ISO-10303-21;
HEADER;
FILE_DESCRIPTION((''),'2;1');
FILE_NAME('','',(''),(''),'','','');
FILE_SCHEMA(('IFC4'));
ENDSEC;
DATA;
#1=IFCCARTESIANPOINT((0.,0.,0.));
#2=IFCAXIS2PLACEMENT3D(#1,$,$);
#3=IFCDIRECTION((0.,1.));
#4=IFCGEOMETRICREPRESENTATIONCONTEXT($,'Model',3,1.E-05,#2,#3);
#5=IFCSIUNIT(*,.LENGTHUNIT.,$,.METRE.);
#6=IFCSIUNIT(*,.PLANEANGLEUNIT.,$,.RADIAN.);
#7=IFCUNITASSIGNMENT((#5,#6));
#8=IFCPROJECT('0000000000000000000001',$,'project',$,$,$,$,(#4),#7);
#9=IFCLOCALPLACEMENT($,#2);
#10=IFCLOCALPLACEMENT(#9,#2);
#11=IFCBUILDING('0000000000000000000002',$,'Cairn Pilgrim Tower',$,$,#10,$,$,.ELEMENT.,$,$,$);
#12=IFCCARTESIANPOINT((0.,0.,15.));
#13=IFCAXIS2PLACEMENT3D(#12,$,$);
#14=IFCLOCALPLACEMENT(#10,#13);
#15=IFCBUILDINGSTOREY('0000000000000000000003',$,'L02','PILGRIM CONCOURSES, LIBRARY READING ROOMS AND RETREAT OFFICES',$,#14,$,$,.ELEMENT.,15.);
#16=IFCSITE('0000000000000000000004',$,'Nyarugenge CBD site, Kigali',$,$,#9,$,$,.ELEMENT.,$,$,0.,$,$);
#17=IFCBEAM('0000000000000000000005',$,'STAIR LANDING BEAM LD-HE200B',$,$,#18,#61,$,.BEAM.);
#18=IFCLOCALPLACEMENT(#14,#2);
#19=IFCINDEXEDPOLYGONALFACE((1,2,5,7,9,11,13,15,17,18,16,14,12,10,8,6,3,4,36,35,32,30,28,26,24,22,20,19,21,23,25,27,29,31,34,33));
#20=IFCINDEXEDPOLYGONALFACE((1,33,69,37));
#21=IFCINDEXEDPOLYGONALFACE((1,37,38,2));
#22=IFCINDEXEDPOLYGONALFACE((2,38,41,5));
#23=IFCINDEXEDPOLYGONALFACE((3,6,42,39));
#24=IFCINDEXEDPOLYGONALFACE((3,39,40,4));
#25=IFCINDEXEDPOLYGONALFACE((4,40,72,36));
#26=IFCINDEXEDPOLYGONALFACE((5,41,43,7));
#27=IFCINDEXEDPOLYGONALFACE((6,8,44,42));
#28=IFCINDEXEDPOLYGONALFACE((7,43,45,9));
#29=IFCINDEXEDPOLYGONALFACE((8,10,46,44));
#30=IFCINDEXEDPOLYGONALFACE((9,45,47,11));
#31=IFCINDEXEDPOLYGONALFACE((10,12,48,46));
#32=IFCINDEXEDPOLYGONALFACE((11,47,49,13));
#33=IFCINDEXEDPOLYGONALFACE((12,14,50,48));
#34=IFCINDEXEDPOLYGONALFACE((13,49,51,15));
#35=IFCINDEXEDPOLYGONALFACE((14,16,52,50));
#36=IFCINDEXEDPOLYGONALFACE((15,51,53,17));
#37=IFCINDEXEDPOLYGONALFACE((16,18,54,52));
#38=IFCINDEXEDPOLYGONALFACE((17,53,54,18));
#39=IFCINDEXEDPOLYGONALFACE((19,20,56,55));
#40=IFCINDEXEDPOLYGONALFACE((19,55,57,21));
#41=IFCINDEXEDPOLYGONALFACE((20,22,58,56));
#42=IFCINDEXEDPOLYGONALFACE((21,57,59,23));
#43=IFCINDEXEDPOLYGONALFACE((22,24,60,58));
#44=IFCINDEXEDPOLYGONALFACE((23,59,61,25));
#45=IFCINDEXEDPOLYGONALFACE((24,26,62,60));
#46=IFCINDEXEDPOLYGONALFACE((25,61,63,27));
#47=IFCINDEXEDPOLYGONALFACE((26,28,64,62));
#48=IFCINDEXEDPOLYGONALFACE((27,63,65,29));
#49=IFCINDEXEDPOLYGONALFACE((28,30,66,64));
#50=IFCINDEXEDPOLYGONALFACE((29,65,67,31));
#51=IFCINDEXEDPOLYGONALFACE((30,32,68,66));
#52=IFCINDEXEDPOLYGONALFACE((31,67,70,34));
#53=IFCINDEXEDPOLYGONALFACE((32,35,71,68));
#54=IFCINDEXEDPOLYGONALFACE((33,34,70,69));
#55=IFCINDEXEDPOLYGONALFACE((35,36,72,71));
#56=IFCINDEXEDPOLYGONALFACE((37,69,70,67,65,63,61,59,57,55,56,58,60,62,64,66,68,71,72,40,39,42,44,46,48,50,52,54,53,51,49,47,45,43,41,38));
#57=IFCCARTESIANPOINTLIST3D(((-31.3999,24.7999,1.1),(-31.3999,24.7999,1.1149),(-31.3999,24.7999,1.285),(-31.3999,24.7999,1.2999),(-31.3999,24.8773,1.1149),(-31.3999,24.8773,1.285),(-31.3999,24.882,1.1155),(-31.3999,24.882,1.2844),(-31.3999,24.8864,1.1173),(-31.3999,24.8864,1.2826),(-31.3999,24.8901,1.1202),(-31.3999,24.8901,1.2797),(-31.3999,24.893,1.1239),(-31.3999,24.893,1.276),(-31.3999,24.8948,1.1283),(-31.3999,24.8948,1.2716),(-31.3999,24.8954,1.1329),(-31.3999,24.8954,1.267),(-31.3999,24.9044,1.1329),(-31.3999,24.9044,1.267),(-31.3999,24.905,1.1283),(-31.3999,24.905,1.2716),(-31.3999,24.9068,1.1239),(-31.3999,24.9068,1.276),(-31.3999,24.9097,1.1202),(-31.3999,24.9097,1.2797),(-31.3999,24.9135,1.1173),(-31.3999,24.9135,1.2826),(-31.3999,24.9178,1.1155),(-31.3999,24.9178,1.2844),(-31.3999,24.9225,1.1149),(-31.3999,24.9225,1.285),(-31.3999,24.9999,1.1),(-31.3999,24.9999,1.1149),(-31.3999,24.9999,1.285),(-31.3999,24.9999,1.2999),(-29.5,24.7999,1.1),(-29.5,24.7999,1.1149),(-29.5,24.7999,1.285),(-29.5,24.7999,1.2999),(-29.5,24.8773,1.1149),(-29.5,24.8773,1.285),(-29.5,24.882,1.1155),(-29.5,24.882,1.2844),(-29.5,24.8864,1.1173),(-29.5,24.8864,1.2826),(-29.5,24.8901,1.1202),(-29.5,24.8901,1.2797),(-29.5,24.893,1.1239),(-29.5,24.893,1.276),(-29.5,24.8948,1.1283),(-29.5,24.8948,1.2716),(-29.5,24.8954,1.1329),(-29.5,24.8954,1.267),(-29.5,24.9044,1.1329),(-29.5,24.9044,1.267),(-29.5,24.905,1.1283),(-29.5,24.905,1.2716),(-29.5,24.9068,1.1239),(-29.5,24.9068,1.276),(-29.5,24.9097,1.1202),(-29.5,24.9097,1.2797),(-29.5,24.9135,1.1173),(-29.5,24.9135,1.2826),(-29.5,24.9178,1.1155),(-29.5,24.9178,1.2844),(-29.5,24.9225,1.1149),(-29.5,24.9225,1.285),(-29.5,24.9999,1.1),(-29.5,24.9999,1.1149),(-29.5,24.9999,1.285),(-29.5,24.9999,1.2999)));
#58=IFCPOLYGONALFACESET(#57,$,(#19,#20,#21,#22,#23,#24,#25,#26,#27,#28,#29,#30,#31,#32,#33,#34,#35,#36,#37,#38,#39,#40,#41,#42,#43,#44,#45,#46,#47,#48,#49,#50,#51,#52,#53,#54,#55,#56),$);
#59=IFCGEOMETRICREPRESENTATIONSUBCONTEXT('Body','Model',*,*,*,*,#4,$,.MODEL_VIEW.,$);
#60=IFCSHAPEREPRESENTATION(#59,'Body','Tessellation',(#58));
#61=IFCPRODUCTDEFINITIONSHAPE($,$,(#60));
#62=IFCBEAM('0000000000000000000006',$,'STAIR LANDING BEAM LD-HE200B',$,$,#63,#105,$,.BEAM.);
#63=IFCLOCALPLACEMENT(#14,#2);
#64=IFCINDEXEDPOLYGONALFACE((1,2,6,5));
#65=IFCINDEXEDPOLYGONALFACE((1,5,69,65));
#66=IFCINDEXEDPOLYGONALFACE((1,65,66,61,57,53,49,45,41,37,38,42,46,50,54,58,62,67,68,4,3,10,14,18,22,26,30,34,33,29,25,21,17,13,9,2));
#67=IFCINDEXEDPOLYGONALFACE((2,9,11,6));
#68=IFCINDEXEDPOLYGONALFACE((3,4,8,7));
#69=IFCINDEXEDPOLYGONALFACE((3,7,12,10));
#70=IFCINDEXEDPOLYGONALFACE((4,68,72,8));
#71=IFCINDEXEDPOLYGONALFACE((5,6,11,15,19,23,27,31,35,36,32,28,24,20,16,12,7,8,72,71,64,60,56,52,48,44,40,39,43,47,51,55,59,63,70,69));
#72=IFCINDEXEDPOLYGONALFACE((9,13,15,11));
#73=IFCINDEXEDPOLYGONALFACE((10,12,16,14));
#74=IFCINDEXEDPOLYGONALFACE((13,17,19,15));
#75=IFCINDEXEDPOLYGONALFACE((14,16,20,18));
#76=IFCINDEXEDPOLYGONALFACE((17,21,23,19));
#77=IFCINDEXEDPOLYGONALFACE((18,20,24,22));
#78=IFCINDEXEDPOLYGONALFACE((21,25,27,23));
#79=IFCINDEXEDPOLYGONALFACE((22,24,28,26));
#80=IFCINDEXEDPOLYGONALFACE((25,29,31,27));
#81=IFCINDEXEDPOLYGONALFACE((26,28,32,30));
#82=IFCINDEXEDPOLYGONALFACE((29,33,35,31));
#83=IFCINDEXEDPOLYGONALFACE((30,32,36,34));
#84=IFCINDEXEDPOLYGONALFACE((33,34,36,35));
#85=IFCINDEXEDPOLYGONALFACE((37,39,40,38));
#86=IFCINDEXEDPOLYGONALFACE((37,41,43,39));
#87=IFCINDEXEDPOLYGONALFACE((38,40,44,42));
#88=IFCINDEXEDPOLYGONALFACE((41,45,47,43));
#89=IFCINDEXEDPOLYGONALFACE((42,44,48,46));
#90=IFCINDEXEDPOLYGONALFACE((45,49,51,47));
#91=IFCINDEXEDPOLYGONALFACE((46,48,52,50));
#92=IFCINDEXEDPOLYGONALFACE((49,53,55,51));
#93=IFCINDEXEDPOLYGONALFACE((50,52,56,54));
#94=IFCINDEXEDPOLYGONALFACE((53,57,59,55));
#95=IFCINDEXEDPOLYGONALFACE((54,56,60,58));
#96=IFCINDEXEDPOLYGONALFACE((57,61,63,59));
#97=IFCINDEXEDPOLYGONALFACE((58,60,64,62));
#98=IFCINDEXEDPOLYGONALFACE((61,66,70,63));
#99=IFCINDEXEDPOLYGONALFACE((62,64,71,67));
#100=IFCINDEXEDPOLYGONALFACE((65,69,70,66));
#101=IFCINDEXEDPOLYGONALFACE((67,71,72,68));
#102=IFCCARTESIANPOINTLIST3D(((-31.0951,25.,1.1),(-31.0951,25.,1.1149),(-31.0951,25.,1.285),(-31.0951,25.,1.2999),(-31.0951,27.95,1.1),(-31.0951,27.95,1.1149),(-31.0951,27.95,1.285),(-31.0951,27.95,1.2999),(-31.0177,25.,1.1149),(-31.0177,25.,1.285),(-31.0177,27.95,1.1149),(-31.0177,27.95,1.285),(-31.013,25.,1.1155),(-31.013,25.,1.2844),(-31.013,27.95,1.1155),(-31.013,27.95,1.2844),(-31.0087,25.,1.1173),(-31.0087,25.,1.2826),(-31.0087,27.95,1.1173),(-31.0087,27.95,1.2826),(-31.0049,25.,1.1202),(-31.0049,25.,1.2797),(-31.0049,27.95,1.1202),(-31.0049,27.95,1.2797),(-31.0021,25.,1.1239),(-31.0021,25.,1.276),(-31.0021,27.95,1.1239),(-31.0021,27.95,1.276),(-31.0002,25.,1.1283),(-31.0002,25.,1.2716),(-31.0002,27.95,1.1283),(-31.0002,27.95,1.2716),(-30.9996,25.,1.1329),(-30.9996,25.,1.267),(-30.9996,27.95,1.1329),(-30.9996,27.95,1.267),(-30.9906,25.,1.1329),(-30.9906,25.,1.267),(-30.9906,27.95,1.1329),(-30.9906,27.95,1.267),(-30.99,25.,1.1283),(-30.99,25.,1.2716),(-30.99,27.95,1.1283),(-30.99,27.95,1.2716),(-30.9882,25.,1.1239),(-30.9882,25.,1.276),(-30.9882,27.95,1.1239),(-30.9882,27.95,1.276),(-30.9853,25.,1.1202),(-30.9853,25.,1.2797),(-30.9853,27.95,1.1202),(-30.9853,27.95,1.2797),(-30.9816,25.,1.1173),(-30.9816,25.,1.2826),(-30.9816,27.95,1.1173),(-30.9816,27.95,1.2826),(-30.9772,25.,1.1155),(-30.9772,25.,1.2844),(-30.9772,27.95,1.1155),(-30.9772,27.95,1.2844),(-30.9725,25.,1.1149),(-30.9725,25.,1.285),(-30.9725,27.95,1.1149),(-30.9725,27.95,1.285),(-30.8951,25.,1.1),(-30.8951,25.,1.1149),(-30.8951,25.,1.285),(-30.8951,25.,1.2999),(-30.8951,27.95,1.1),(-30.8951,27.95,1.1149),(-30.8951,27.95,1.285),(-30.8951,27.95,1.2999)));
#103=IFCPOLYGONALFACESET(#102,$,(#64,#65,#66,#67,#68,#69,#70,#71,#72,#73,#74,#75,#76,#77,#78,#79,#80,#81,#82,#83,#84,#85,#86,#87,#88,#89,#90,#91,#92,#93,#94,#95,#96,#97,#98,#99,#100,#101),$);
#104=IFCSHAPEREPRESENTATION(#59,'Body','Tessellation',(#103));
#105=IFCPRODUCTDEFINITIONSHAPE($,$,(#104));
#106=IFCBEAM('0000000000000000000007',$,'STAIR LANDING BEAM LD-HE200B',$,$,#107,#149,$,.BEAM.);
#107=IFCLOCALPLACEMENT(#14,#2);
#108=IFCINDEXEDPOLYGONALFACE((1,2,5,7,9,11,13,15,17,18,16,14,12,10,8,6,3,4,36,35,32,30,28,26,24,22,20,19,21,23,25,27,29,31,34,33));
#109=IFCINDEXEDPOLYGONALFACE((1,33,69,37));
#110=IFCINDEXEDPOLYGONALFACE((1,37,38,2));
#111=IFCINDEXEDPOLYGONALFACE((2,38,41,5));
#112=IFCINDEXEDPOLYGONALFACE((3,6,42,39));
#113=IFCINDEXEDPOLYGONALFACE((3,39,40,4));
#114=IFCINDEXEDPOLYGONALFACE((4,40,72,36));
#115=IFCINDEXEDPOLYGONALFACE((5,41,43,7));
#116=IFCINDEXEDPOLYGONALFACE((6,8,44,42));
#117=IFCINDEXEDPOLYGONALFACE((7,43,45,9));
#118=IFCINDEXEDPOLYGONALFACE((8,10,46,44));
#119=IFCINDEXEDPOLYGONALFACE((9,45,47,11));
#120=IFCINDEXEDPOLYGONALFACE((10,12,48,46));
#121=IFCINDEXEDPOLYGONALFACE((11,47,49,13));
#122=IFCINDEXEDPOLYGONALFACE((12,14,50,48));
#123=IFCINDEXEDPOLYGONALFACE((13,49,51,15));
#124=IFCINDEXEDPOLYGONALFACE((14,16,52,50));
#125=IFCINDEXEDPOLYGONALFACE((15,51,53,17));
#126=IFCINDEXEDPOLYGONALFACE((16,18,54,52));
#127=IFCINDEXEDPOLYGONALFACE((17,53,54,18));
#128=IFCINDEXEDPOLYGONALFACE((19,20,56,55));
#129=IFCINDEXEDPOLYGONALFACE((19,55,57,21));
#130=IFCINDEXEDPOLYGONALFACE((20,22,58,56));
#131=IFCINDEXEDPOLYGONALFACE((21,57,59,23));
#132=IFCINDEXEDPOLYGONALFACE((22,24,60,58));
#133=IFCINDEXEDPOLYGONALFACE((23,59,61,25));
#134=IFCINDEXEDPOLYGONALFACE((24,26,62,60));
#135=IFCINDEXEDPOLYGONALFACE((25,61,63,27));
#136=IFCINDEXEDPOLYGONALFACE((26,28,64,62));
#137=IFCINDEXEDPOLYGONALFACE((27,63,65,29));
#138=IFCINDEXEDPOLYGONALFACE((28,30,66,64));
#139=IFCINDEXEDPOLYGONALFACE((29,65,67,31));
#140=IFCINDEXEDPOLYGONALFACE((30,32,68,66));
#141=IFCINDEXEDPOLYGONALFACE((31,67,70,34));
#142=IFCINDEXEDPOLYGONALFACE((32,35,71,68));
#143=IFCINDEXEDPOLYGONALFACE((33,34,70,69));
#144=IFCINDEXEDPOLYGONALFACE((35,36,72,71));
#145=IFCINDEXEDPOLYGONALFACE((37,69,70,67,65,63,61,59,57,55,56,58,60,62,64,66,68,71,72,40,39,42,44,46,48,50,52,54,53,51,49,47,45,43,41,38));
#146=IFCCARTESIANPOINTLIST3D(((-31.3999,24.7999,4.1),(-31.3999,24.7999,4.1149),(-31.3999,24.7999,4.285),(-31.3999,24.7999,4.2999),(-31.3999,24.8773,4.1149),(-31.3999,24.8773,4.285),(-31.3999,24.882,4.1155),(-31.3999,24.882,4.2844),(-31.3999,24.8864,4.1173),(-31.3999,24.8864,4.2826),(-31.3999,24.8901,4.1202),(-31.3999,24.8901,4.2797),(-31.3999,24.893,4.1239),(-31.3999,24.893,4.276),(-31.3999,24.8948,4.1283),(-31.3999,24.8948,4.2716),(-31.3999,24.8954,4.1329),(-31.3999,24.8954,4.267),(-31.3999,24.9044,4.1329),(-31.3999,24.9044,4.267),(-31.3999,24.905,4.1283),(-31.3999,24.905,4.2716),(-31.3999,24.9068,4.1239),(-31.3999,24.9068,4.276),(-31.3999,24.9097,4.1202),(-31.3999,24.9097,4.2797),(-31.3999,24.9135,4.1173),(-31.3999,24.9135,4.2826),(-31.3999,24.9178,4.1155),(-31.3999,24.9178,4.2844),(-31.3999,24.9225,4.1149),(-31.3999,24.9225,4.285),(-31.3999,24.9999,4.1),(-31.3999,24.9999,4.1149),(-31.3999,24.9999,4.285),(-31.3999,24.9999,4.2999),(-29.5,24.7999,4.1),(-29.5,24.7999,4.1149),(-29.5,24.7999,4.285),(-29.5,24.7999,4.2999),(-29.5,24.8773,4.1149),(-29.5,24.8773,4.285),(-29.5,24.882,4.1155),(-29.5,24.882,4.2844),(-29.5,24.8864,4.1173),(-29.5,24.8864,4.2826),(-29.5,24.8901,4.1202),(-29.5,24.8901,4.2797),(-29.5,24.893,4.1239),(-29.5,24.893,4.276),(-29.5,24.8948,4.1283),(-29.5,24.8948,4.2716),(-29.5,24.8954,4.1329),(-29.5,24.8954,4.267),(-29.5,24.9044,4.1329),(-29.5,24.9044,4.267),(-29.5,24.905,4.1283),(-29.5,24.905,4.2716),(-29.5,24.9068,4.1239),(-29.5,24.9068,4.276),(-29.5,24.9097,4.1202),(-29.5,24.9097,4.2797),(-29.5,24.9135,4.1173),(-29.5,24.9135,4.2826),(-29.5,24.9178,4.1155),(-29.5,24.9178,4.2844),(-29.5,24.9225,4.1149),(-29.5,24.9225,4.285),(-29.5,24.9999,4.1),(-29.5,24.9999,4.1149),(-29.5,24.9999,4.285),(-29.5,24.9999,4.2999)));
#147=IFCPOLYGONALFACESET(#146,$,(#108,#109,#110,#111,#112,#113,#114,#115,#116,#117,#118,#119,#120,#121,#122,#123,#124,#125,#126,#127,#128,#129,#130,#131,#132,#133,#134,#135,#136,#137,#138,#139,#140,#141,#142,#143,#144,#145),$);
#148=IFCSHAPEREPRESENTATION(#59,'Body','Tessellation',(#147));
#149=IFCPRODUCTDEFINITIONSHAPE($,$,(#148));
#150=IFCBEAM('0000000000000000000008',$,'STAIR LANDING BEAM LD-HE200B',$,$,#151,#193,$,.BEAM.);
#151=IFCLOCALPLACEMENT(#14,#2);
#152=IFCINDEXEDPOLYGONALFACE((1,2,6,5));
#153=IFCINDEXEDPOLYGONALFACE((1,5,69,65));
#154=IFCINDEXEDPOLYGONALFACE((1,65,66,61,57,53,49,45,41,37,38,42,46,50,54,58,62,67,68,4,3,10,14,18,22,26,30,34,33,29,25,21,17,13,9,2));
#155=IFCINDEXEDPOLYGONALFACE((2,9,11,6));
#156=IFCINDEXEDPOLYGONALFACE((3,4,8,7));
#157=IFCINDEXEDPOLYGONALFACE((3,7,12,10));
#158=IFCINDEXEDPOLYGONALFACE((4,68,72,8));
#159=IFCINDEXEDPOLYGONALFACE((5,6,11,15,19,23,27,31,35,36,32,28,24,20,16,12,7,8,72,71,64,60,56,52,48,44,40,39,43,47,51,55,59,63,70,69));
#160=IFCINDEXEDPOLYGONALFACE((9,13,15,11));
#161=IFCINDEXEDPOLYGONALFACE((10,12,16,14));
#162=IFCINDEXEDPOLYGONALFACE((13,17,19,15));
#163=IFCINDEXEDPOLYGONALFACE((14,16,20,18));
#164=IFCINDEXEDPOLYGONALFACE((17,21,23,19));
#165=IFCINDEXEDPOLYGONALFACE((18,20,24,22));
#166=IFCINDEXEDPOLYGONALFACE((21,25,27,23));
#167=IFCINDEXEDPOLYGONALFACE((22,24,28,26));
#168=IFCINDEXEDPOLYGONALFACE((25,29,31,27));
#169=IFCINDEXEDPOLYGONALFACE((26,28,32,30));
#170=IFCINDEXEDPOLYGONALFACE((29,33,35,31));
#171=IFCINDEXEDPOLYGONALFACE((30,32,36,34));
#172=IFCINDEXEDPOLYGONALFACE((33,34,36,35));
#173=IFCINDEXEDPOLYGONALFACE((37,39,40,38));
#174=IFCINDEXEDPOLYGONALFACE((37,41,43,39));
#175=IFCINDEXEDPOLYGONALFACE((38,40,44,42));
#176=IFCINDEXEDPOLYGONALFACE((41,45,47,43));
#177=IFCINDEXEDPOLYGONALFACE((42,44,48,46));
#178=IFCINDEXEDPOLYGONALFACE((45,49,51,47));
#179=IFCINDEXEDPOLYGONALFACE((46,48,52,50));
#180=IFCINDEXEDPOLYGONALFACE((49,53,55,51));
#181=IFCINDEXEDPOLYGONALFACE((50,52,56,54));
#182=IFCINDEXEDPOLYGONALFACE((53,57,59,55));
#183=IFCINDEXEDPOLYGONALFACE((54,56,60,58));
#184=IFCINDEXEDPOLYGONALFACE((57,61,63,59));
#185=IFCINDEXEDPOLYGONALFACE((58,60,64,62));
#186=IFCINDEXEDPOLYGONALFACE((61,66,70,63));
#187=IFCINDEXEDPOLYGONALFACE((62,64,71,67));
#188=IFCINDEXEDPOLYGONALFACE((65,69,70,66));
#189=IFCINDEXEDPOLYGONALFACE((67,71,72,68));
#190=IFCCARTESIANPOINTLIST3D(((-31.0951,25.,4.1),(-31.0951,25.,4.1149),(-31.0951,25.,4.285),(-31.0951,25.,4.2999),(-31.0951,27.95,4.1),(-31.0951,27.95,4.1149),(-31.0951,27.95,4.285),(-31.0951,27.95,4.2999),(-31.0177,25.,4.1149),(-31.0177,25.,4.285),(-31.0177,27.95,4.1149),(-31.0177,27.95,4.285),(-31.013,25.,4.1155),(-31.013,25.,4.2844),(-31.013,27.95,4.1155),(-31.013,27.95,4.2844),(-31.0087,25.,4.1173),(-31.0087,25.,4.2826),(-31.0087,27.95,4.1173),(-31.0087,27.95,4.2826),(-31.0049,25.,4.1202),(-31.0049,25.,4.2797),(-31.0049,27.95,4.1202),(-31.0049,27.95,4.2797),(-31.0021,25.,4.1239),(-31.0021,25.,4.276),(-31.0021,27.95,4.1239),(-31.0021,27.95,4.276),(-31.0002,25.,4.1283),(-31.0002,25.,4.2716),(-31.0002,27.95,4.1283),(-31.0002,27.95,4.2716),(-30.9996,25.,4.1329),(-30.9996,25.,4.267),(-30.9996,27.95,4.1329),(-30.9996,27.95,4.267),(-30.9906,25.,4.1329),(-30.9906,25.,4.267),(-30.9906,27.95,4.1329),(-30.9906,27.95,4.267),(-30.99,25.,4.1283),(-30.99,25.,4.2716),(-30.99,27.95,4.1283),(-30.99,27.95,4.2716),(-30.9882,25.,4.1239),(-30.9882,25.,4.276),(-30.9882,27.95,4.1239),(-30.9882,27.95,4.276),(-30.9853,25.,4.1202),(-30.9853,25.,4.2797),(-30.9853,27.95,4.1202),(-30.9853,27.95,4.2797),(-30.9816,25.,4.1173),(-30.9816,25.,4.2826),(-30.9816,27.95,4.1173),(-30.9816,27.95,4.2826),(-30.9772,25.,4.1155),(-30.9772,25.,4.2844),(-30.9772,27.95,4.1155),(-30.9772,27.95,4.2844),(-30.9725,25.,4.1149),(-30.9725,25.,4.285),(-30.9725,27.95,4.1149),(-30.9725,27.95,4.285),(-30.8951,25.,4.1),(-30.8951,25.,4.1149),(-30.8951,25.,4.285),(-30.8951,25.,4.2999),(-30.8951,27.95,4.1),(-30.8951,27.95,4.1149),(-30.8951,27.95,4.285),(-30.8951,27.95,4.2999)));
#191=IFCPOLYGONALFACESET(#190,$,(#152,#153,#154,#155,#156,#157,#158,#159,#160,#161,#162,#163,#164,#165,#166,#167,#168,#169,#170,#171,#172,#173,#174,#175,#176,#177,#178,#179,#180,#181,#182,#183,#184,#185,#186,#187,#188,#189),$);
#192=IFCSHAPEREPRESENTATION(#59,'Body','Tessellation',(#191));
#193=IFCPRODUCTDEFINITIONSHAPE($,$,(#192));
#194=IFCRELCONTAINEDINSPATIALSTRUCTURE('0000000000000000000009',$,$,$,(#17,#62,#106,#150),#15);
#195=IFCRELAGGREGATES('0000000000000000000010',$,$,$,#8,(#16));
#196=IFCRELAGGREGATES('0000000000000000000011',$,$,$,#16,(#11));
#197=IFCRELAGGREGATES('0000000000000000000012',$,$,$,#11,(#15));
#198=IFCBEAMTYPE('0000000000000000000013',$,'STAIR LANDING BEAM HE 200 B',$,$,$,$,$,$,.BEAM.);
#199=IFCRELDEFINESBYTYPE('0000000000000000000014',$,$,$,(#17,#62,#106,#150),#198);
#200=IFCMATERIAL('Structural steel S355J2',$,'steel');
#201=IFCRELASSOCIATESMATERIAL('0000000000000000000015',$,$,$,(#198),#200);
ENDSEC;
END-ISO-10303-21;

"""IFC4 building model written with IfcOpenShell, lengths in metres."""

from ifc_helpers import new_model, si_unit, direction, frame, origin, origin_2d, place, context, subcontext, project, spatial, i_section, extrude, material, material_profile, profile_set, type_object, element, save


model = new_model("IFC4")

# Units and contexts
model_context = context("Model", 3, precision=1e-05, world=origin(), true_north=direction((0.0, 1.0)))
body_context = subcontext(model_context, "Body", "Model", "MODEL_VIEW")
ifc_project = project(units=[si_unit("LENGTHUNIT", "METRE"), si_unit("PLANEANGLEUNIT", "RADIAN")], contexts=[model_context])

# Site, building, storey
site_placement = place(None, origin())
site = spatial("IfcSite", under=ifc_project, at=site_placement, Name="Nyarugenge CBD site, Kigali", CompositionType="ELEMENT", RefElevation=0.0)
building_placement = place(site_placement, origin())
building = spatial("IfcBuilding", under=site, at=building_placement, Name="Cairn Pilgrim Tower", CompositionType="ELEMENT")
storey_placement = place(building_placement, frame((0.0, 0.0, 15.0)))
storey = spatial("IfcBuildingStorey", under=building, at=storey_placement, Name="L02", Description="PILGRIM CONCOURSES, LIBRARY READING ROOMS AND RETREAT OFFICES", CompositionType="ELEMENT", Elevation=15.0)

# Shared definitions
ifc_material_1 = material(Name="Structural steel S355J2", Category="steel")

# Beams
ifc_material_profile_1 = material_profile(ifc_material_1, i_section(OverallWidth=0.2, OverallDepth=0.2, WebThickness=0.009, FlangeThickness=0.0149, FilletRadius=0.0181, at=origin_2d()), Name="HE 200 B")
ifc_profile_set_1 = profile_set([ifc_material_profile_1], Name="Structural steel S355J2")
beam_type_1 = type_object("IfcBeamType", Name="STAIR LANDING BEAM HE 200 B", PredefinedType="BEAM", material=ifc_profile_set_1)
beam_1_placement = place(storey_placement, frame((-31.3999, 24.8999, 1.2), z_axis=(1.0, 0.0, 0.0), x_axis=(0.0, 1.0, 0.0)))
element("IfcBeam", 1, at=beam_1_placement, inside=storey, type_object=beam_type_1, Name="STAIR LANDING BEAM LD-HE200B", PredefinedType="BEAM", context=body_context, shape_type="SweptSolid", body=[
    extrude(i_section(OverallWidth=0.2, OverallDepth=0.2, WebThickness=0.009, FlangeThickness=0.0149, FilletRadius=0.0181, at=origin_2d()), origin(), (0.0, 0.0, 1.0), 1.8999),
])
beam_2_placement = place(storey_placement, frame((-30.9951, 25.0, 1.2), z_axis=(0.0, 1.0, 0.0), x_axis=(-1.0, 0.0, 0.0)))
element("IfcBeam", 2, at=beam_2_placement, inside=storey, type_object=beam_type_1, Name="STAIR LANDING BEAM LD-HE200B", PredefinedType="BEAM", context=body_context, shape_type="SweptSolid", body=[
    extrude(i_section(OverallWidth=0.2, OverallDepth=0.2, WebThickness=0.009, FlangeThickness=0.0149, FilletRadius=0.0181, at=origin_2d()), origin(), (0.0, 0.0, 1.0), 2.95),
])
beam_3_placement = place(storey_placement, frame((-31.3999, 24.8999, 4.2), z_axis=(1.0, 0.0, 0.0), x_axis=(0.0, 1.0, 0.0)))
element("IfcBeam", 3, at=beam_3_placement, inside=storey, type_object=beam_type_1, Name="STAIR LANDING BEAM LD-HE200B", PredefinedType="BEAM", context=body_context, shape_type="SweptSolid", body=[
    extrude(i_section(OverallWidth=0.2, OverallDepth=0.2, WebThickness=0.009, FlangeThickness=0.0149, FilletRadius=0.0181, at=origin_2d()), origin(), (0.0, 0.0, 1.0), 1.8999),
])
beam_4_placement = place(storey_placement, frame((-30.9951, 25.0, 4.2), z_axis=(0.0, 1.0, 0.0), x_axis=(-1.0, 0.0, 0.0)))
element("IfcBeam", 4, at=beam_4_placement, inside=storey, type_object=beam_type_1, Name="STAIR LANDING BEAM LD-HE200B", PredefinedType="BEAM", context=body_context, shape_type="SweptSolid", body=[
    extrude(i_section(OverallWidth=0.2, OverallDepth=0.2, WebThickness=0.009, FlangeThickness=0.0149, FilletRadius=0.0181, at=origin_2d()), origin(), (0.0, 0.0, 1.0), 2.95),
])

save(model, "model.ifc")
